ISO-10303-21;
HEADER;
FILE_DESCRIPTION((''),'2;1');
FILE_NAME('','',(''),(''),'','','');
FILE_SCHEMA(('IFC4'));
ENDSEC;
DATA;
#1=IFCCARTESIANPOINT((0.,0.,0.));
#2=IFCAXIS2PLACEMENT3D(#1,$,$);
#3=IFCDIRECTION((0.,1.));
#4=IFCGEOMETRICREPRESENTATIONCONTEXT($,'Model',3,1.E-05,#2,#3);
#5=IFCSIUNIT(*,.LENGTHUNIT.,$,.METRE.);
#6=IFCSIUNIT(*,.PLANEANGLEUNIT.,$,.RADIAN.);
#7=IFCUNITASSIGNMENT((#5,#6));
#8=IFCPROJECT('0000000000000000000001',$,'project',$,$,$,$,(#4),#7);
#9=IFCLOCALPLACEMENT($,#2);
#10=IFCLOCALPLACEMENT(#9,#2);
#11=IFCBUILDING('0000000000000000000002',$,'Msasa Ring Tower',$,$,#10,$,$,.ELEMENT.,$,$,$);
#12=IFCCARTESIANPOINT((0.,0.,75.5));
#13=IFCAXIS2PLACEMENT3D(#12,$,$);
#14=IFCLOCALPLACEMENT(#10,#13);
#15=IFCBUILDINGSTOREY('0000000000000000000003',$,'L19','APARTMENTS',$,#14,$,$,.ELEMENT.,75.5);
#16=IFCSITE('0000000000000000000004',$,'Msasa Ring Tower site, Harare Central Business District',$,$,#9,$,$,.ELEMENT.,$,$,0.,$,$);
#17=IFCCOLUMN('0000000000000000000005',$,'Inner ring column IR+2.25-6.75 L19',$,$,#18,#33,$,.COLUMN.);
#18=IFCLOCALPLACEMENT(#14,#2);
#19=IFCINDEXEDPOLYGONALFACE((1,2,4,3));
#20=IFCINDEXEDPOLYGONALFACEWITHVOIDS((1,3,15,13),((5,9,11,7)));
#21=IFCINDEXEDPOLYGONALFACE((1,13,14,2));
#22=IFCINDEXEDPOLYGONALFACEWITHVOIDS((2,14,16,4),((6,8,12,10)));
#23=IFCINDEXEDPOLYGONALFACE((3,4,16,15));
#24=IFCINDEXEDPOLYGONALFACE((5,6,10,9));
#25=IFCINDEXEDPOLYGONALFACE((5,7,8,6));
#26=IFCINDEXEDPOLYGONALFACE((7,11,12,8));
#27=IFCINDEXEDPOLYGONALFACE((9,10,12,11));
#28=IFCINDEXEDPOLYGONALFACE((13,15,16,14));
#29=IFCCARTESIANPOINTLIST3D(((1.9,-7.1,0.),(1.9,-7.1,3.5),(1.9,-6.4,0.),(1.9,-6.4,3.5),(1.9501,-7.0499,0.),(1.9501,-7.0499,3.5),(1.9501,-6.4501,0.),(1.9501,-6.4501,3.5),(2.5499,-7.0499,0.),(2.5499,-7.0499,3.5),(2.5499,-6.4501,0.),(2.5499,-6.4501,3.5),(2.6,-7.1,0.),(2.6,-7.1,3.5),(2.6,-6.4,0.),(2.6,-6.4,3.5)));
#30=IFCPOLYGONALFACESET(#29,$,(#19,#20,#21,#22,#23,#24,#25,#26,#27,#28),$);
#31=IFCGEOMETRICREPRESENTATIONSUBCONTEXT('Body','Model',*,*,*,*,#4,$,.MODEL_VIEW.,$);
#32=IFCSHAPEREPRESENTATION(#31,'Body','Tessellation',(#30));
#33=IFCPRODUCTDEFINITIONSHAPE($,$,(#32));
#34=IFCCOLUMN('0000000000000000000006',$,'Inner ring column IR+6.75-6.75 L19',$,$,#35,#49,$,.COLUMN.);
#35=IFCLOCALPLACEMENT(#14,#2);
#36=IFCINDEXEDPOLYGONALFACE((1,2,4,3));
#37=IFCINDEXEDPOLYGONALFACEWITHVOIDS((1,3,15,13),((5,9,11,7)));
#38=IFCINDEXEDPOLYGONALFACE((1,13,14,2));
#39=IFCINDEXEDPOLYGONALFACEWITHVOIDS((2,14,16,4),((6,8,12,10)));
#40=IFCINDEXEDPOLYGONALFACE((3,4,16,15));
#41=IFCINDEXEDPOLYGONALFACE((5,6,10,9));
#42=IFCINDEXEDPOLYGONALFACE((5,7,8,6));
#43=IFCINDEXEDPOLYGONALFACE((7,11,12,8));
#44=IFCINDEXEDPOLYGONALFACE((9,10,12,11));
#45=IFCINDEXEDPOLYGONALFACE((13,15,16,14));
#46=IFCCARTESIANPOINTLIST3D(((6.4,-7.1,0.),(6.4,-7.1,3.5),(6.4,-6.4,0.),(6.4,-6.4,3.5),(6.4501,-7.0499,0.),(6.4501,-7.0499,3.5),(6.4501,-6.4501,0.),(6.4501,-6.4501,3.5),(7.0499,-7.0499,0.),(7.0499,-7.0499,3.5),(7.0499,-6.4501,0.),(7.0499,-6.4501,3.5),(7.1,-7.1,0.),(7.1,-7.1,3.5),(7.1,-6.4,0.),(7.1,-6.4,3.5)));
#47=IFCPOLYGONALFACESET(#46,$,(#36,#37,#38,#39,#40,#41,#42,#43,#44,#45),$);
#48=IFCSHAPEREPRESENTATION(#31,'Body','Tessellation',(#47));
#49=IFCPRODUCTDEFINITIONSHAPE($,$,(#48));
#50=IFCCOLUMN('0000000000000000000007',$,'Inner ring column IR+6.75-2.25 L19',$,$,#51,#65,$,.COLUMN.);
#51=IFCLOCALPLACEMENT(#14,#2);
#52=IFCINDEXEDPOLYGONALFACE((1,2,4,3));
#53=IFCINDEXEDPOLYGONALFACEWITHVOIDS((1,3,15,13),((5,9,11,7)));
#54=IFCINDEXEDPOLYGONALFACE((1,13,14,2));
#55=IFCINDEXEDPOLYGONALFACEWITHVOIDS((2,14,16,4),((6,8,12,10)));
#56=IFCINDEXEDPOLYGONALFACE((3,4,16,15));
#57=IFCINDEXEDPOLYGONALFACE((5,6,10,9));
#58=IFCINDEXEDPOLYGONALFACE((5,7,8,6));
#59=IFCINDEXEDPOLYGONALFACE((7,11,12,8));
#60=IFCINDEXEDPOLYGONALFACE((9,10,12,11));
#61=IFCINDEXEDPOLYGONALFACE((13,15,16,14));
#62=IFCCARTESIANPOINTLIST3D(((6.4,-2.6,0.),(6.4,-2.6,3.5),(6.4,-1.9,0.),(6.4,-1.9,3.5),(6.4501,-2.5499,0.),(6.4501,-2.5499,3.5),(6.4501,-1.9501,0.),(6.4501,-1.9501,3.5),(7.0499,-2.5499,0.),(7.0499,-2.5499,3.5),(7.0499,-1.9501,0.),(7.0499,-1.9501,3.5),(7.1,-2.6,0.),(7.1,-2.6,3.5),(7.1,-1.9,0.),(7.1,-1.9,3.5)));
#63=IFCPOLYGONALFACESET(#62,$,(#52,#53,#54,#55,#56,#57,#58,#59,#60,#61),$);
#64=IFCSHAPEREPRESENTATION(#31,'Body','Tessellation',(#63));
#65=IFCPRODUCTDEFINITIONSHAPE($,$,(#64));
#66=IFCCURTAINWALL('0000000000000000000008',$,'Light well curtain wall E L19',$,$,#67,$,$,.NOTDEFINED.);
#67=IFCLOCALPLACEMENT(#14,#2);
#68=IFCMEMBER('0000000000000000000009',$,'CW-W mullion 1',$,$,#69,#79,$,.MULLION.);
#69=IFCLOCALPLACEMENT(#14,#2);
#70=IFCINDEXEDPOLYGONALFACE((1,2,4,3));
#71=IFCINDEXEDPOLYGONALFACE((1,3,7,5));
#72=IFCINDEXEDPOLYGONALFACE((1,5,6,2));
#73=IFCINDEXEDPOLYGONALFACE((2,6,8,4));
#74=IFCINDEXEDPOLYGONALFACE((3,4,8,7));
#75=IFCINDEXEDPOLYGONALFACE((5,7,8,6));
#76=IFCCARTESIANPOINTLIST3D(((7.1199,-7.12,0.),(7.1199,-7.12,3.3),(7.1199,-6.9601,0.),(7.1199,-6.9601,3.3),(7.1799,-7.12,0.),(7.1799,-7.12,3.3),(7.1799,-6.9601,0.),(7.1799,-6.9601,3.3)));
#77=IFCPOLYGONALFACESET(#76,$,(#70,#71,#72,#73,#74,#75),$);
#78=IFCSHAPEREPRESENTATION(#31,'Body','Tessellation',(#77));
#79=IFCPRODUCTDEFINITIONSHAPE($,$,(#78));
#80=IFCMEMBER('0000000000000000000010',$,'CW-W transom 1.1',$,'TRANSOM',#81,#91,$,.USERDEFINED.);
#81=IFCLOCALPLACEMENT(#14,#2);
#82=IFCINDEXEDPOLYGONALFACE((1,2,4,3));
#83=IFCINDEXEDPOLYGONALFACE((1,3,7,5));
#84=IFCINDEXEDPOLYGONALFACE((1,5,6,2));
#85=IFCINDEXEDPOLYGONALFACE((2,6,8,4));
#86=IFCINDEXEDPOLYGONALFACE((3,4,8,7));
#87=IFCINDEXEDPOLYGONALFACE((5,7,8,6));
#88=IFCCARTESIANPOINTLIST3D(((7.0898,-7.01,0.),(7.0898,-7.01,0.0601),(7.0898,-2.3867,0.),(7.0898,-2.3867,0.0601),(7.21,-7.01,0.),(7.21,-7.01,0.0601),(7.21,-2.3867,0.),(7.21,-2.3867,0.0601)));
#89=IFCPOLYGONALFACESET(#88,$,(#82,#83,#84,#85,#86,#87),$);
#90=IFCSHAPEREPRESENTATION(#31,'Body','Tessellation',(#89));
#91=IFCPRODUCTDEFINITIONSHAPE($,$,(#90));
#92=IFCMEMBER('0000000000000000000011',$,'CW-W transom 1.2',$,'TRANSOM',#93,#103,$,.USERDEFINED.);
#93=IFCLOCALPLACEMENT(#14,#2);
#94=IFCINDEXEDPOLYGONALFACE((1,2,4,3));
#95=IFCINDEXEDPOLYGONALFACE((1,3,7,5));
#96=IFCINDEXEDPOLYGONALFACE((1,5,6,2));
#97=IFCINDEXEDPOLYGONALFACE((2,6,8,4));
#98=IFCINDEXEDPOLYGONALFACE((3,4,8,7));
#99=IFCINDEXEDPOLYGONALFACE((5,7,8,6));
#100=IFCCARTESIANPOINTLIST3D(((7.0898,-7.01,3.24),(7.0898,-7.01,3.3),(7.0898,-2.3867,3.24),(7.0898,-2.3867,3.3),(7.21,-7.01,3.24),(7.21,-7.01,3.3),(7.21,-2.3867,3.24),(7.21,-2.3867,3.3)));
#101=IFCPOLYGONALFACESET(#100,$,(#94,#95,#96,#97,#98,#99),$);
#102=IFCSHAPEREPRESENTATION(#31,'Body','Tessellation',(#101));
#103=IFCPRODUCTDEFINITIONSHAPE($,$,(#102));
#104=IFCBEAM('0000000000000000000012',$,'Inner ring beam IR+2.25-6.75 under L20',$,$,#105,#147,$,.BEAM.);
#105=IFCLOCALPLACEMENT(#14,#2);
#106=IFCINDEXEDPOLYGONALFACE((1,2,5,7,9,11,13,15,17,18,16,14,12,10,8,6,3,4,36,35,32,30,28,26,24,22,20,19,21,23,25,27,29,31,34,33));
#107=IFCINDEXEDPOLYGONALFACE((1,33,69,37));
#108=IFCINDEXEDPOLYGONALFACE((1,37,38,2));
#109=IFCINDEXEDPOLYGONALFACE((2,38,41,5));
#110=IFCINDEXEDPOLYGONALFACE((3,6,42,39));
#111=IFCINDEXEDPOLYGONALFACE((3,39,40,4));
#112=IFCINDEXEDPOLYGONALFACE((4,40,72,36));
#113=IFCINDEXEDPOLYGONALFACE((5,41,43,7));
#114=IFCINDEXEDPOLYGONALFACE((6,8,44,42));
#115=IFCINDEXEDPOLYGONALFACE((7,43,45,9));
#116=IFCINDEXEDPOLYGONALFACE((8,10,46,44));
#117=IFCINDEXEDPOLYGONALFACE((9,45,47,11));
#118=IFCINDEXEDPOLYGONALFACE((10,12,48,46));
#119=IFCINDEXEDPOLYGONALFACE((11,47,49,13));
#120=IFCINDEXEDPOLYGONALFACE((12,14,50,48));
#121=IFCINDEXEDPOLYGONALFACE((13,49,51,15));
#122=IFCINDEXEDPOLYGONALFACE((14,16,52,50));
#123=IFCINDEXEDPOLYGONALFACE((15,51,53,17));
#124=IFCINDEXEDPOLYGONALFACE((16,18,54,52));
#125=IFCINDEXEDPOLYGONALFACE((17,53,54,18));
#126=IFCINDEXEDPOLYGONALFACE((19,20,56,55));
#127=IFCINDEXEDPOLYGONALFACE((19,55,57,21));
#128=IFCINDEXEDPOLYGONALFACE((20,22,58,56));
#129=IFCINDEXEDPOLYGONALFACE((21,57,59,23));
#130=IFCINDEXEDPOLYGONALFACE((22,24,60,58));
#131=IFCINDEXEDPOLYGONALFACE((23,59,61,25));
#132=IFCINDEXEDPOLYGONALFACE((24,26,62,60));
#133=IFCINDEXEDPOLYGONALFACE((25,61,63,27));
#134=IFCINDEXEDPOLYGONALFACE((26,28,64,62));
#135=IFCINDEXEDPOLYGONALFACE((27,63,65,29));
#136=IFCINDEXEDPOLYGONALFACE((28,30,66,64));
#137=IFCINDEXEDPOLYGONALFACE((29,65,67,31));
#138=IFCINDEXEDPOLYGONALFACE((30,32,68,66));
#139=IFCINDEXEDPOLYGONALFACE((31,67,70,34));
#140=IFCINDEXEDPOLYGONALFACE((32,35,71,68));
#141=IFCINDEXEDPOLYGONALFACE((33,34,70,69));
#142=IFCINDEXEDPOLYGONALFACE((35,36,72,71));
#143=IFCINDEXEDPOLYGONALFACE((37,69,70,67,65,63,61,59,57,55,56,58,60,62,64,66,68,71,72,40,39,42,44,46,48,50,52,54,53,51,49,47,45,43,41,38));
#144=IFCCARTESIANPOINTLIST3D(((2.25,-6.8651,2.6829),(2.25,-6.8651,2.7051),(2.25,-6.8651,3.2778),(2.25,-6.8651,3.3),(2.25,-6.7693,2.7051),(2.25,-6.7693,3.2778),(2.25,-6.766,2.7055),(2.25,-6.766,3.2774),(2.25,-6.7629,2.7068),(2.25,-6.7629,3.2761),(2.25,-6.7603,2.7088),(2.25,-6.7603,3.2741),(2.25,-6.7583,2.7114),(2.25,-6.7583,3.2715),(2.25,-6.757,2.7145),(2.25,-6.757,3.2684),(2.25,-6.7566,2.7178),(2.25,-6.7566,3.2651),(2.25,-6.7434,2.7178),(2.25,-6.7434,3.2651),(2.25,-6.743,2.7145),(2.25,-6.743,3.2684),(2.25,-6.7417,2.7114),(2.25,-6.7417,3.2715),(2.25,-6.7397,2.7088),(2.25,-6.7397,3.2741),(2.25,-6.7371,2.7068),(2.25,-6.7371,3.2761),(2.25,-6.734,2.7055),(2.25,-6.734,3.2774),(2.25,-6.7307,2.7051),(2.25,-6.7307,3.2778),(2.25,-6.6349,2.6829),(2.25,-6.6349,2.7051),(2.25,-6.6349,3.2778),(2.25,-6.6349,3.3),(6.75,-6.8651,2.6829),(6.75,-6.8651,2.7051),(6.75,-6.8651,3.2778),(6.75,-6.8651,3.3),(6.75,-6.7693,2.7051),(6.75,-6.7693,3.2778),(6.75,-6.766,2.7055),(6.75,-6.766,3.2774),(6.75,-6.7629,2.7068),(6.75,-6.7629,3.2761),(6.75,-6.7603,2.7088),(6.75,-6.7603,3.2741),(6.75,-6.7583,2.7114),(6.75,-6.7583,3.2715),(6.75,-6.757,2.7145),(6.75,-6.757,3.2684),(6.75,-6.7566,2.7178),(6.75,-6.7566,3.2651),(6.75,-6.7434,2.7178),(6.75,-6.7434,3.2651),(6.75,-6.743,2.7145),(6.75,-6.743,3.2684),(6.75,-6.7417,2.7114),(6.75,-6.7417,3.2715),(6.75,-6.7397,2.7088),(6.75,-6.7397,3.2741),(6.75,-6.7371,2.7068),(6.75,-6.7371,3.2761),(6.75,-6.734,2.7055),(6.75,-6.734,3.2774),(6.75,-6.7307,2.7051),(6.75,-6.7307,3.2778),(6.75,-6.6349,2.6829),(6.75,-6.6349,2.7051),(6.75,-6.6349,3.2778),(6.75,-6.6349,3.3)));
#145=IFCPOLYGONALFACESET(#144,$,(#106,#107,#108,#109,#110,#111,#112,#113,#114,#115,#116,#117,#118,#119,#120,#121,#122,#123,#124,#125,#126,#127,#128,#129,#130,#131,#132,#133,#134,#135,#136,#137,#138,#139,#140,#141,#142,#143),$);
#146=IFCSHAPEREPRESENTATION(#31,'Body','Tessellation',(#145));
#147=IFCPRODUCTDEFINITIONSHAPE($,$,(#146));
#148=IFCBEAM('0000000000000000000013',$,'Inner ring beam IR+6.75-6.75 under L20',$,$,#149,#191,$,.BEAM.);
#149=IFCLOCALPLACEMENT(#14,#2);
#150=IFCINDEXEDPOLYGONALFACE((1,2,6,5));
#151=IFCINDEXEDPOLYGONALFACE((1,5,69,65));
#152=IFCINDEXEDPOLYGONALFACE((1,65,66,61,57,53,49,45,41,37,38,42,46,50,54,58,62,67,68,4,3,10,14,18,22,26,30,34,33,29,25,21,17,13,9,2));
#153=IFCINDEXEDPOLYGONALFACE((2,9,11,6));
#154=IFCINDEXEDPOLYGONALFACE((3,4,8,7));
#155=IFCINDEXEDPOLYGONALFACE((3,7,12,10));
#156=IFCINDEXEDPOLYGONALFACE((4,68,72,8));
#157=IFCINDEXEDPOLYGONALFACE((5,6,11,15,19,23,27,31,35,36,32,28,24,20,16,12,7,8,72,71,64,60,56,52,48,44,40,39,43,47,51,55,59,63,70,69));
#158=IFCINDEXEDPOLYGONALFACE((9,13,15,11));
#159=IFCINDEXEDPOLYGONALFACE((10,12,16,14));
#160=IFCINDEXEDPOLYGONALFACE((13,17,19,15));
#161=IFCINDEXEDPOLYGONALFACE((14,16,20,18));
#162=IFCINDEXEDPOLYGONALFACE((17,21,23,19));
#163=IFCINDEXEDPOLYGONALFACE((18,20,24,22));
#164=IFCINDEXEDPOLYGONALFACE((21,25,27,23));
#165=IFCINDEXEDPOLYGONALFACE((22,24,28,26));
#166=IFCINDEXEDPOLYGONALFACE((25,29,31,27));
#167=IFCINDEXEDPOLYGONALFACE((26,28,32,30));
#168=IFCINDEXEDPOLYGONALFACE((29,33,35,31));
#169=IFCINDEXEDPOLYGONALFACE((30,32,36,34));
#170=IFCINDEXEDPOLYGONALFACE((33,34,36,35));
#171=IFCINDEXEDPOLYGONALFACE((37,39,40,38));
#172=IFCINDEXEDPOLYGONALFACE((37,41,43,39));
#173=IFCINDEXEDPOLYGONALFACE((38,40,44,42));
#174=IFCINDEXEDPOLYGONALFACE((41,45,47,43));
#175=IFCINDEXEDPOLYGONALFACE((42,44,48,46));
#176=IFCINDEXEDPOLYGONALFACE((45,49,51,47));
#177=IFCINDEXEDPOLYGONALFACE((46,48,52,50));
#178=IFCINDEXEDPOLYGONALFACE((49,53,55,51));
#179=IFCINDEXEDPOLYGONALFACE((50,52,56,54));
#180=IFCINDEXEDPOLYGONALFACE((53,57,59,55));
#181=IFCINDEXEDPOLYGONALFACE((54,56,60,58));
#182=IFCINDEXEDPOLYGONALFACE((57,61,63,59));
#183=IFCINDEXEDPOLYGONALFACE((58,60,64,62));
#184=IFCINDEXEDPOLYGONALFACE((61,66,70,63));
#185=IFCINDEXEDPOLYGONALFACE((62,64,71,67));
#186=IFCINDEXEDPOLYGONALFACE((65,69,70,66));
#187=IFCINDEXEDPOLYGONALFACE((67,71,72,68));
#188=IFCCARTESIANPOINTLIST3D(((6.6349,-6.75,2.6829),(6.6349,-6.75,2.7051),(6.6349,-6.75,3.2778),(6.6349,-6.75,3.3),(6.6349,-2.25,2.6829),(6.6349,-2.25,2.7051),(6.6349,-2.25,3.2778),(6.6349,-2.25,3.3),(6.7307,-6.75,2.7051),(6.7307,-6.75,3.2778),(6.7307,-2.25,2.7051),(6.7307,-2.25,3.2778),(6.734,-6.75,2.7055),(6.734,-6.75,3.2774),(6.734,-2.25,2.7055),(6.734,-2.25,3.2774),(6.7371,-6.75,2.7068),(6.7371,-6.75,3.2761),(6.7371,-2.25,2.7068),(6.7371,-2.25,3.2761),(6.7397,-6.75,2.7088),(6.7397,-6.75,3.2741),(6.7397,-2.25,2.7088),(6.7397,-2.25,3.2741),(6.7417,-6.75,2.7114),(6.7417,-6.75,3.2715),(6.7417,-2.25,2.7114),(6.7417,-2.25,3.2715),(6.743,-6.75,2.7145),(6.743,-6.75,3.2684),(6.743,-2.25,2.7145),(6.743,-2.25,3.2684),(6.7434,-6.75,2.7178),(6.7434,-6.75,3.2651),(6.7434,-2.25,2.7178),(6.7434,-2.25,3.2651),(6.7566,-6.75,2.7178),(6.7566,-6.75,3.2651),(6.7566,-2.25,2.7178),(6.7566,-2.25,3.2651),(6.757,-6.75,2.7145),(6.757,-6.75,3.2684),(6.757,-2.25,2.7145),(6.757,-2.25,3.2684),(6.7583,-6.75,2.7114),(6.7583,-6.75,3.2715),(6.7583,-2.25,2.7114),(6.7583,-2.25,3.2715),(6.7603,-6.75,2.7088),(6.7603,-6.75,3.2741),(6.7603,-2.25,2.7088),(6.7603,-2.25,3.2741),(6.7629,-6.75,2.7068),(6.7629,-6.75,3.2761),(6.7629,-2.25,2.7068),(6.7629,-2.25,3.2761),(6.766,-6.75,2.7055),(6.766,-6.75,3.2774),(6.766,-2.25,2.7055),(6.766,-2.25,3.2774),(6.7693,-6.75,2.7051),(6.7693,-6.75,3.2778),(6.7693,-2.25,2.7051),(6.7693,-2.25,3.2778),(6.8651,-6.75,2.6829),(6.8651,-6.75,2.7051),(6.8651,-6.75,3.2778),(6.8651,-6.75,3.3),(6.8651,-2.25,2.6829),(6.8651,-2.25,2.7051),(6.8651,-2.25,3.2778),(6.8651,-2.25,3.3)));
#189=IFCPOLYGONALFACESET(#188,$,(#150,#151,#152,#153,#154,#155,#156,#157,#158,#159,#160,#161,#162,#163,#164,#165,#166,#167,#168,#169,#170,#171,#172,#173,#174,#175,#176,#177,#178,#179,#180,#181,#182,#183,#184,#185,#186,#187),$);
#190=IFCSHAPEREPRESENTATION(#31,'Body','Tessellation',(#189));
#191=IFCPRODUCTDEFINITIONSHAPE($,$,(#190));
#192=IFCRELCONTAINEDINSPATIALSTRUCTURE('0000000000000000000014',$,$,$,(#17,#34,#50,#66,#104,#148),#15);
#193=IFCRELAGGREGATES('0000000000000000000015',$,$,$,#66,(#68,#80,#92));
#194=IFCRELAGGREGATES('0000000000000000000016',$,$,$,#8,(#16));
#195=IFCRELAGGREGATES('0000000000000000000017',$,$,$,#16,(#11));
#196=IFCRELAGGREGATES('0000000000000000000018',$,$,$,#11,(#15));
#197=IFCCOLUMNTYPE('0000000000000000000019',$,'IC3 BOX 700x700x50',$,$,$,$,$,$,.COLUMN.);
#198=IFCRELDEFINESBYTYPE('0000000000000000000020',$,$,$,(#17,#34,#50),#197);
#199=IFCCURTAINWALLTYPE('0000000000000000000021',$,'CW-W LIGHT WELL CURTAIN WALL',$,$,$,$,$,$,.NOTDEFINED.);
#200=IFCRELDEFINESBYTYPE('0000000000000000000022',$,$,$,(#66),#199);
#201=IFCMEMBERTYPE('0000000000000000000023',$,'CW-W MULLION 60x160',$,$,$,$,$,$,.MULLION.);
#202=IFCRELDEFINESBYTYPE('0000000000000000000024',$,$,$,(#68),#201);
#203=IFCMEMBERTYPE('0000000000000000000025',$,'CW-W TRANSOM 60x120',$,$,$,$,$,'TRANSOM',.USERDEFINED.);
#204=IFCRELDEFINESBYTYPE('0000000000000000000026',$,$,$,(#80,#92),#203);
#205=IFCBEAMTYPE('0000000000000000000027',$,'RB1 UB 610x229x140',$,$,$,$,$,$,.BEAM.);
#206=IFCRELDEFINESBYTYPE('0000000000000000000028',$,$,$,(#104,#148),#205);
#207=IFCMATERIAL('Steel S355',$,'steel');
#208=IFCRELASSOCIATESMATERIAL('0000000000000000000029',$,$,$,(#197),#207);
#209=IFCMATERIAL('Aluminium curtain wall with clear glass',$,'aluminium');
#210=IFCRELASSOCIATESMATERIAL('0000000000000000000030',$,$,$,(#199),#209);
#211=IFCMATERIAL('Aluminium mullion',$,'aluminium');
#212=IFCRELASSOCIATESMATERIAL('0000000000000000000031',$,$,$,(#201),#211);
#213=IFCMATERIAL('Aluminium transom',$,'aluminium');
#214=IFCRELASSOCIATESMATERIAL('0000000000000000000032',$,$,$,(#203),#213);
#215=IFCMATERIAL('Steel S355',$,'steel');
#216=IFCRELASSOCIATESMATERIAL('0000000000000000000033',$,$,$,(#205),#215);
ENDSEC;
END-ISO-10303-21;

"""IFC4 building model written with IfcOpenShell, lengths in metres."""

from ifc_helpers import new_model, si_unit, direction, frame, origin, origin_2d, place, context, subcontext, project, spatial, rectangle, hollow_rectangle, i_section, extrude, material, material_profile, profile_set, type_object, element, aggregate, save


model = new_model("IFC4")

# Units and contexts
model_context = context("Model", 3, precision=1e-05, world=origin(), true_north=direction((0.0, 1.0)))
body_context = subcontext(model_context, "Body", "Model", "MODEL_VIEW")
ifc_project = project(units=[si_unit("LENGTHUNIT", "METRE"), si_unit("PLANEANGLEUNIT", "RADIAN")], contexts=[model_context])

# Site, building, storey
site_placement = place(None, origin())
site = spatial("IfcSite", under=ifc_project, at=site_placement, Name="Msasa Ring Tower site, Harare Central Business District", CompositionType="ELEMENT", RefElevation=0.0)
building_placement = place(site_placement, origin())
building = spatial("IfcBuilding", under=site, at=building_placement, Name="Msasa Ring Tower", CompositionType="ELEMENT")
storey_placement = place(building_placement, frame((0.0, 0.0, 75.5)))
storey = spatial("IfcBuildingStorey", under=building, at=storey_placement, Name="L19", Description="APARTMENTS", CompositionType="ELEMENT", Elevation=75.5)

# Columns
ifc_material_1 = material(Name="Steel S355", Category="steel")
ifc_material_profile_1 = material_profile(ifc_material_1, hollow_rectangle(XDim=0.7, YDim=0.7, WallThickness=0.05, at=origin_2d()), Name="BOX 700x700x50")
ifc_profile_set_1 = profile_set([ifc_material_profile_1], Name="Steel S355")
column_type = type_object("IfcColumnType", Name="IC3 BOX 700x700x50", PredefinedType="COLUMN", material=ifc_profile_set_1)
for number, where, z_axis, x_axis, name in (
    (1, (2.25, -6.75, 0.0), (0.0, 0.0, 1.0), (1.0, 0.0, 0.0), "Inner ring column IR+2.25-6.75 L19"),
    (2, (6.75, -6.75, 0.0), (0.0, 0.0, 1.0), (1.0, 0.0, 0.0), "Inner ring column IR+6.75-6.75 L19"),
    (3, (6.75, -2.25, 0.0), (0.0, 0.0, 1.0), (1.0, 0.0, 0.0), "Inner ring column IR+6.75-2.25 L19"),
):
    element("IfcColumn", number, at=place(storey_placement, frame(where, z_axis=z_axis, x_axis=x_axis)), inside=storey, type_object=column_type, Name=name, PredefinedType="COLUMN", context=body_context, shape_type="SweptSolid", body=[
        extrude(hollow_rectangle(XDim=0.7, YDim=0.7, WallThickness=0.05, at=origin_2d()), origin(), (0.0, 0.0, 1.0), 3.5),
    ])

# Curtain wall, members
ifc_material_2 = material(Name="Aluminium curtain wall with clear glass", Category="aluminium")
curtain_wall_type = type_object("IfcCurtainWallType", Name="CW-W LIGHT WELL CURTAIN WALL", PredefinedType="NOTDEFINED", material=ifc_material_2)
curtain_wall_placement = place(storey_placement, origin())
curtain_wall = element("IfcCurtainWall", 4, at=curtain_wall_placement, inside=storey, type_object=curtain_wall_type, Name="Light well curtain wall E L19", PredefinedType="NOTDEFINED")
ifc_material_3 = material(Name="Aluminium mullion", Category="aluminium")
ifc_material_profile_2 = material_profile(ifc_material_3, rectangle(XDim=0.0601, YDim=0.1599, at=origin_2d()), Name="AL 60x160")
ifc_profile_set_2 = profile_set([ifc_material_profile_2], Name="Aluminium mullion")
member_type_1 = type_object("IfcMemberType", Name="CW-W MULLION 60x160", PredefinedType="MULLION", material=ifc_profile_set_2)
member_1_placement = place(storey_placement, frame((7.1499, -7.04, 0.0), z_axis=(0.0, 0.0, 1.0), x_axis=(-1.0, 0.0, 0.0)))
member_1 = element("IfcMember", 5, at=member_1_placement, type_object=member_type_1, Name="CW-W mullion 1", PredefinedType="MULLION", context=body_context, shape_type="SweptSolid", body=[
    extrude(rectangle(XDim=0.0601, YDim=0.1599, at=origin_2d()), origin(), (0.0, 0.0, 1.0), 3.3),
])
ifc_material_4 = material(Name="Aluminium transom", Category="aluminium")
ifc_material_profile_3 = material_profile(ifc_material_4, rectangle(XDim=0.1201, YDim=0.0601, at=origin_2d()), Name="AL 60x120")
ifc_profile_set_3 = profile_set([ifc_material_profile_3], Name="Aluminium transom")
member_type_2 = type_object("IfcMemberType", Name="CW-W TRANSOM 60x120", ElementType="TRANSOM", PredefinedType="USERDEFINED", material=ifc_profile_set_3)
member_2_placement = place(storey_placement, frame((7.1499, -7.01, 0.03), z_axis=(0.0, 1.0, 0.0), x_axis=(-1.0, 0.0, 0.0)))
member_2 = element("IfcMember", 6, at=member_2_placement, type_object=member_type_2, Name="CW-W transom 1.1", ObjectType="TRANSOM", PredefinedType="USERDEFINED", context=body_context, shape_type="SweptSolid", body=[
    extrude(rectangle(XDim=0.1201, YDim=0.0601, at=origin_2d()), origin(), (0.0, 0.0, 1.0), 4.6233),
])
member_3_placement = place(storey_placement, frame((7.1499, -7.01, 3.27), z_axis=(0.0, 1.0, 0.0), x_axis=(-1.0, 0.0, 0.0)))
member_3 = element("IfcMember", 7, at=member_3_placement, type_object=member_type_2, Name="CW-W transom 1.2", ObjectType="TRANSOM", PredefinedType="USERDEFINED", context=body_context, shape_type="SweptSolid", body=[
    extrude(rectangle(XDim=0.1201, YDim=0.0601, at=origin_2d()), origin(), (0.0, 0.0, 1.0), 4.6233),
])
aggregate(curtain_wall, [member_1, member_2, member_3])

# Beams
ifc_material_5 = material(Name="Steel S355", Category="steel")
ifc_material_profile_4 = material_profile(ifc_material_5, i_section(OverallWidth=0.2302, OverallDepth=0.6172, WebThickness=0.0132, FlangeThickness=0.0222, FilletRadius=0.0127, at=origin_2d()), Name="UB 610x229x140")
ifc_profile_set_4 = profile_set([ifc_material_profile_4], Name="Steel S355")
beam_type = type_object("IfcBeamType", Name="RB1 UB 610x229x140", PredefinedType="BEAM", material=ifc_profile_set_4)
for number, where, z_axis, x_axis, name in (
    (8, (2.25, -6.75, 2.9915), (1.0, 0.0, 0.0), (0.0, 1.0, 0.0), "Inner ring beam IR+2.25-6.75 under L20"),
    (9, (6.75, -6.75, 2.9915), (0.0, 1.0, 0.0), (-1.0, 0.0, 0.0), "Inner ring beam IR+6.75-6.75 under L20"),
):
    element("IfcBeam", number, at=place(storey_placement, frame(where, z_axis=z_axis, x_axis=x_axis)), inside=storey, type_object=beam_type, Name=name, PredefinedType="BEAM", context=body_context, shape_type="SweptSolid", body=[
        extrude(i_section(OverallWidth=0.2302, OverallDepth=0.6172, WebThickness=0.0132, FlangeThickness=0.0222, FilletRadius=0.0127, at=origin_2d()), origin(), (0.0, 0.0, 1.0), 4.5),
    ])

save(model, "model.ifc")
